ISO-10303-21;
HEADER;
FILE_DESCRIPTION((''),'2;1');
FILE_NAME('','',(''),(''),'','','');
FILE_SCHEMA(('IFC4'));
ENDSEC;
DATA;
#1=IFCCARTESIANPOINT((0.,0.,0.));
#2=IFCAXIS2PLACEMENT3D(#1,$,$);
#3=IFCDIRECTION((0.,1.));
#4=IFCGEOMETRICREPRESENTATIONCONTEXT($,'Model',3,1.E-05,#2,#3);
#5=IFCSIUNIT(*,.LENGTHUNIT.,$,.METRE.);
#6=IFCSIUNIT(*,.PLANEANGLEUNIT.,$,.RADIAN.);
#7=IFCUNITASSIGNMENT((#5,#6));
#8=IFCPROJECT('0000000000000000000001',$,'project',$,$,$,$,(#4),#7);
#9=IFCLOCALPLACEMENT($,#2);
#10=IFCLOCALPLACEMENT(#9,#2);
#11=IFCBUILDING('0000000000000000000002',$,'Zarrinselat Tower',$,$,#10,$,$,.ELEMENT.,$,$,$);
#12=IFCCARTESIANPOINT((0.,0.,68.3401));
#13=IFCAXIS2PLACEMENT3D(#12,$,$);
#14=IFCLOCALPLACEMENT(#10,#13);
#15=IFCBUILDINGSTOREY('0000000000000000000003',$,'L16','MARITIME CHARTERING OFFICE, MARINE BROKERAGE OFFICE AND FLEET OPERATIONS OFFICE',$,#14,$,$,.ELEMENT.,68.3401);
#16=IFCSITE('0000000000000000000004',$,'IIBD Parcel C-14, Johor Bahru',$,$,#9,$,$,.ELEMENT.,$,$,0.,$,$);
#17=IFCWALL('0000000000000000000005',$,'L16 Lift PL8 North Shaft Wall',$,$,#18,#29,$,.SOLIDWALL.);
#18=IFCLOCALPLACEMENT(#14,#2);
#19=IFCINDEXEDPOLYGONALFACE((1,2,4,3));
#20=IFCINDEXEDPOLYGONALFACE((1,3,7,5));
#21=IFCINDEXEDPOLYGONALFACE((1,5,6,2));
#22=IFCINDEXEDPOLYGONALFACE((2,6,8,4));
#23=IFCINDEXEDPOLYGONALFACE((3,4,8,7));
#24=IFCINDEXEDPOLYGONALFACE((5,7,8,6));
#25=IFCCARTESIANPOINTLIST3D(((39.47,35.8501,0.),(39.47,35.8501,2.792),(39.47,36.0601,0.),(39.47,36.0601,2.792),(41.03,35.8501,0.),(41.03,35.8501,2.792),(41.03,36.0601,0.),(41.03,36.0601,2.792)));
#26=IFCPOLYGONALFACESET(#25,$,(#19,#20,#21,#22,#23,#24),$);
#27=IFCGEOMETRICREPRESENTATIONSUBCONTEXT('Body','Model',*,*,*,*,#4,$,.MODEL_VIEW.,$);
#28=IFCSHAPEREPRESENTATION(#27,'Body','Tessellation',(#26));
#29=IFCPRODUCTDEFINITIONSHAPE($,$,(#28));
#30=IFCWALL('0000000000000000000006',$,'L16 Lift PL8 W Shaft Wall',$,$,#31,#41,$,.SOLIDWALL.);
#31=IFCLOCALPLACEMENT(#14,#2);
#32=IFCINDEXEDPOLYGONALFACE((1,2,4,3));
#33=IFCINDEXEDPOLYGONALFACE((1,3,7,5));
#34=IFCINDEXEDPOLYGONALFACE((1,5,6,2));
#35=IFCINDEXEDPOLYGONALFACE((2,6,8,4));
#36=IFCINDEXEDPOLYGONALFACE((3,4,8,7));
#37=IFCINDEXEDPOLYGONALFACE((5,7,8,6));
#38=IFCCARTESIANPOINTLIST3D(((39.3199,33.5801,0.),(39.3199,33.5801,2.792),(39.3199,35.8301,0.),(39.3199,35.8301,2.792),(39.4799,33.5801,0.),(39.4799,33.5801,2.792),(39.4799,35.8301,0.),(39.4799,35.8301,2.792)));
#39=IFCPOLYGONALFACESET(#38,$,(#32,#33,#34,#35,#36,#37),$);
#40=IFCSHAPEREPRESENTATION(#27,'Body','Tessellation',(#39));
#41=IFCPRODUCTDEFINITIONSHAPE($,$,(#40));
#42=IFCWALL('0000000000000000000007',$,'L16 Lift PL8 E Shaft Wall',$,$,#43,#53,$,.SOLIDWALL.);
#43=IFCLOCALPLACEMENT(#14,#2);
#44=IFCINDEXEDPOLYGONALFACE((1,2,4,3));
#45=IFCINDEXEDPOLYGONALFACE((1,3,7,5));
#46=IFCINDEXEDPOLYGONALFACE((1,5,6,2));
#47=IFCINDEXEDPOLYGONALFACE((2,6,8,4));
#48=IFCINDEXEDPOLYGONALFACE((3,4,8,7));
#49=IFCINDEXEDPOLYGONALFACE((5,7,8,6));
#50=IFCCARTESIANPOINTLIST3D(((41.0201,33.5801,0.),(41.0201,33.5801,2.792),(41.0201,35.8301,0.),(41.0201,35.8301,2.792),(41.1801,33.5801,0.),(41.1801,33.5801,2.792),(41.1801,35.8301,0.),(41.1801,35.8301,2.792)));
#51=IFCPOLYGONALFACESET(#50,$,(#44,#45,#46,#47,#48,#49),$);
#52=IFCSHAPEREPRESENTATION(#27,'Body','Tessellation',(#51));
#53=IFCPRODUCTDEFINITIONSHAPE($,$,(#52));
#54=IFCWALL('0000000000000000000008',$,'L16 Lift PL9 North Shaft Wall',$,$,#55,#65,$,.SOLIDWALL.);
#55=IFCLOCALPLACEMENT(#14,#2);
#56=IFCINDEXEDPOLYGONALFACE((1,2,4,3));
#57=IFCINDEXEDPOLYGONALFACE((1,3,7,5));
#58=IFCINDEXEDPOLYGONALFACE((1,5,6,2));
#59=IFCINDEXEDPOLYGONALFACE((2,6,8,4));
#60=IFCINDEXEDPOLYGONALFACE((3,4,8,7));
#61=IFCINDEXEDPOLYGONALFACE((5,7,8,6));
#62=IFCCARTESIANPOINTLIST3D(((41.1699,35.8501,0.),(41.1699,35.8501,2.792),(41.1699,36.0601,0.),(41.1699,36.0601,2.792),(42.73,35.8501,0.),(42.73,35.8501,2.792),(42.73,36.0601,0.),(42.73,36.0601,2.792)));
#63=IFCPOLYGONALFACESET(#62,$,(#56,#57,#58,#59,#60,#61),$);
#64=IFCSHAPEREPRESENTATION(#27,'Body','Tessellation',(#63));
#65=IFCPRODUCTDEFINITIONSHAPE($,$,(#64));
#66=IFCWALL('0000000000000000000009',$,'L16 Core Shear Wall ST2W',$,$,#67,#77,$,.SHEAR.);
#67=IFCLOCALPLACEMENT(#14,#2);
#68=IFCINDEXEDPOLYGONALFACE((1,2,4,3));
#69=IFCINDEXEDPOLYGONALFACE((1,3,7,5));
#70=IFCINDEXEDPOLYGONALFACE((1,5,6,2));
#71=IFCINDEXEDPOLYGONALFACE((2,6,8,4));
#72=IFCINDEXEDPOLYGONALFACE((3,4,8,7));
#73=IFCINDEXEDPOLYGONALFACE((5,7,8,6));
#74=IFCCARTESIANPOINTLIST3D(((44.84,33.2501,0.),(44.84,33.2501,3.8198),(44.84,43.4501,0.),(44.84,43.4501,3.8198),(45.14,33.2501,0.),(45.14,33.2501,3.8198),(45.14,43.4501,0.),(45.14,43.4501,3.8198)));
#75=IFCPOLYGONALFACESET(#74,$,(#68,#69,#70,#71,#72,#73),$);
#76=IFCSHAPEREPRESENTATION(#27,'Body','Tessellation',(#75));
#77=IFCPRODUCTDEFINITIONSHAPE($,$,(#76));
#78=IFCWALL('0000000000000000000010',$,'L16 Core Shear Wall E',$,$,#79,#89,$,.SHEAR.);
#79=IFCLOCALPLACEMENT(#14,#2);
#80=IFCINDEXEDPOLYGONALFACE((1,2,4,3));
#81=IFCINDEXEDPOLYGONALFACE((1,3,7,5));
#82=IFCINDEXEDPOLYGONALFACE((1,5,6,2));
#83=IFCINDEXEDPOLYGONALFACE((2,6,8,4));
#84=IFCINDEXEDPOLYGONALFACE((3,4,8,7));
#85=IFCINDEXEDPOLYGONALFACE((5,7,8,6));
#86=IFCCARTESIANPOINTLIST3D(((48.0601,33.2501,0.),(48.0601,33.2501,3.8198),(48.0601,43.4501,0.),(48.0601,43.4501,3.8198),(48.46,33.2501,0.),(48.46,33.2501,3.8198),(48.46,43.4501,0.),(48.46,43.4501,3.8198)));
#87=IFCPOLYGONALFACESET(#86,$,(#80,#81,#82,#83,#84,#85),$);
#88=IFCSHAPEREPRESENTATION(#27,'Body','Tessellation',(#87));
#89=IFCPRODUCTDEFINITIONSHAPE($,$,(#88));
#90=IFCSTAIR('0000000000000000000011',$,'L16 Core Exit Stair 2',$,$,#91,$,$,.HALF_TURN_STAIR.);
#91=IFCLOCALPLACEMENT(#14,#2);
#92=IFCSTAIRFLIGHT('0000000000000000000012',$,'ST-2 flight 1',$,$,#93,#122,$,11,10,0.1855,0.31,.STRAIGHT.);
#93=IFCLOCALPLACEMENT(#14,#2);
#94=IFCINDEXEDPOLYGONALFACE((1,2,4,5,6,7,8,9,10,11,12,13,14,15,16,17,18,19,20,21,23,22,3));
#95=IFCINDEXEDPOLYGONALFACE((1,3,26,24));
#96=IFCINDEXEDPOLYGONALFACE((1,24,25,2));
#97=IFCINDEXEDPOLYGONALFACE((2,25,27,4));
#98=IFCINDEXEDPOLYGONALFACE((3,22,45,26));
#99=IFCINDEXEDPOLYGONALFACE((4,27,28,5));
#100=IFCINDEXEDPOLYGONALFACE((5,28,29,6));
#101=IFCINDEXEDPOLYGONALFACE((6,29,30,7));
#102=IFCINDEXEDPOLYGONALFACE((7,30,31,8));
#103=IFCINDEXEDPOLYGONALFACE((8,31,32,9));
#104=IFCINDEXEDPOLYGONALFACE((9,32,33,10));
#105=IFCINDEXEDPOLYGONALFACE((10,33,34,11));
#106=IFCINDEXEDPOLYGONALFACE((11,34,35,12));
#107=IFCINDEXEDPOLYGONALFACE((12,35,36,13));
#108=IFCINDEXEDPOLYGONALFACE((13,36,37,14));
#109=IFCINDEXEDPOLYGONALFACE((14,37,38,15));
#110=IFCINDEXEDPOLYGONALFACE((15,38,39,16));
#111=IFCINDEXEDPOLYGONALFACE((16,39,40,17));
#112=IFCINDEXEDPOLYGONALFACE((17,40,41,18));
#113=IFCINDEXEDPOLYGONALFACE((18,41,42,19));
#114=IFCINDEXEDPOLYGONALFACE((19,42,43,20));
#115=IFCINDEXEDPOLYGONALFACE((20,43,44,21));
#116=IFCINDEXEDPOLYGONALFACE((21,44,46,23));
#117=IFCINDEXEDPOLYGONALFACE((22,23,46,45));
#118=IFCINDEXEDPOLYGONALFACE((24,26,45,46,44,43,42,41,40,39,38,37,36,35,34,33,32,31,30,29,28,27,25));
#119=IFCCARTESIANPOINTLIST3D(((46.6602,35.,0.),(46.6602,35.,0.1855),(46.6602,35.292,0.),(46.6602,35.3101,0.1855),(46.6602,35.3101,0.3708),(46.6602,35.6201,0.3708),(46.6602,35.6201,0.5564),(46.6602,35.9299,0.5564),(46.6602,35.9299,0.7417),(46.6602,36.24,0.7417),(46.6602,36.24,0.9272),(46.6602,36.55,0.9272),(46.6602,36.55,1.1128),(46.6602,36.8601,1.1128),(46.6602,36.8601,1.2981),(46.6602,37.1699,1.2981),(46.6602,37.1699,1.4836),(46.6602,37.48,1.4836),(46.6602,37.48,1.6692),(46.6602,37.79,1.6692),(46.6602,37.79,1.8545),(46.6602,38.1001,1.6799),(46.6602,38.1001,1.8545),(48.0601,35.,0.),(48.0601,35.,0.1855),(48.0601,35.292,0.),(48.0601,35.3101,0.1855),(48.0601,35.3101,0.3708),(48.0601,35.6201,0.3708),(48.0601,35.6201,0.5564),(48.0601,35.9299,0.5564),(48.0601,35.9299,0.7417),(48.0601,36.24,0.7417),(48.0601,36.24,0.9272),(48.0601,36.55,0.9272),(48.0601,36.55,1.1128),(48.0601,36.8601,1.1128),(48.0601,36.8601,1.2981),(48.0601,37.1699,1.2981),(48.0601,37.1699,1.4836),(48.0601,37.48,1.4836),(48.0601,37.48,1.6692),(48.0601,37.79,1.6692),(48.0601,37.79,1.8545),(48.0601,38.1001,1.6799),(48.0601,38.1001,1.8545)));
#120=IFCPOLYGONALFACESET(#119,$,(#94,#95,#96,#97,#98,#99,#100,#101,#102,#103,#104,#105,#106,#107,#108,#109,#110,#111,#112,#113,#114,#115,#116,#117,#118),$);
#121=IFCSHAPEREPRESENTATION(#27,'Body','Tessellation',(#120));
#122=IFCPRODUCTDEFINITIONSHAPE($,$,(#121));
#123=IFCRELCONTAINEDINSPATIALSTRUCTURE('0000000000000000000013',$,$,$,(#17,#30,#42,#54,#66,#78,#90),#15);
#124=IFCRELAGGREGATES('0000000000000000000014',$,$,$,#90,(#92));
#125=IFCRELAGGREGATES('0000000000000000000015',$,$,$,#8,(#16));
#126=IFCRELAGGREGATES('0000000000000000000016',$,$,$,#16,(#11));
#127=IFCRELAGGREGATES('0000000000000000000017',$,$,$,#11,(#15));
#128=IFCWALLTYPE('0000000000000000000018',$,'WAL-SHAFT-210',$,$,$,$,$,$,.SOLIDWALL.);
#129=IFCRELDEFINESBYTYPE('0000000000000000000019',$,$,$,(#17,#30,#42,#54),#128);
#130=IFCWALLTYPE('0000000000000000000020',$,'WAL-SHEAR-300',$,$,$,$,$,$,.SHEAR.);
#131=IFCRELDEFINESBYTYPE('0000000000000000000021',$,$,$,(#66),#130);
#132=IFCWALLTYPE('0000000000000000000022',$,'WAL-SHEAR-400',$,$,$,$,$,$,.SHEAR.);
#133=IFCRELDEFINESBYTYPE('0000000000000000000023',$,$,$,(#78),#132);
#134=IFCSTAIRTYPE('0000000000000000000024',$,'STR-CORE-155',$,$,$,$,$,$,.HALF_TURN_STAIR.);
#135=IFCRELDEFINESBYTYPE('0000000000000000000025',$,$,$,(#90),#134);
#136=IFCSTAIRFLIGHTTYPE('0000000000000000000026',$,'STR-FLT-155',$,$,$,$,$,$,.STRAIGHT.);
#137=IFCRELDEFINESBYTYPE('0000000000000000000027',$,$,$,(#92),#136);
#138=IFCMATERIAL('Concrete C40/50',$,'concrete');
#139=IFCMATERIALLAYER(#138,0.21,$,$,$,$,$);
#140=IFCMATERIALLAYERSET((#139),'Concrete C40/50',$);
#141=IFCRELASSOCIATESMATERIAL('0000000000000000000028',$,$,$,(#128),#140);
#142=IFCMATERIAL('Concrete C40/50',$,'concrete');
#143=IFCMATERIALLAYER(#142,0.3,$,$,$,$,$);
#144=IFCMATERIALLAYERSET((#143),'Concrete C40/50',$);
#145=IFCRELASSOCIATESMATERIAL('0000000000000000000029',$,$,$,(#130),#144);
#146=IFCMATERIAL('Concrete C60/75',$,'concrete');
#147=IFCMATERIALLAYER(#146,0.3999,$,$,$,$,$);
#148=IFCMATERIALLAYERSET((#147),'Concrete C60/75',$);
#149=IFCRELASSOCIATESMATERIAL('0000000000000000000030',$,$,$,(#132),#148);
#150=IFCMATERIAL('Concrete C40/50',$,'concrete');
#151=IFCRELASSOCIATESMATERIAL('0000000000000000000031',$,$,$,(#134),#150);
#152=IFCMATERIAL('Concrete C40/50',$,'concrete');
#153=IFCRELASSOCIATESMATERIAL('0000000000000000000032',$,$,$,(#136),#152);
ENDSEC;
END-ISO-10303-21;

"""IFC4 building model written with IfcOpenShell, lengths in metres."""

from ifc_helpers import new_model, si_unit, direction, frame, frame_2d, origin, place, context, subcontext, project, spatial, polyline, rectangle, outline, extrude, material, layer, layer_set, type_object, element, aggregate, save


model = new_model("IFC4")

# Units and contexts
model_context = context("Model", 3, precision=1e-05, world=origin(), true_north=direction((0.0, 1.0)))
body_context = subcontext(model_context, "Body", "Model", "MODEL_VIEW")
ifc_project = project(units=[si_unit("LENGTHUNIT", "METRE"), si_unit("PLANEANGLEUNIT", "RADIAN")], contexts=[model_context])

# Site, building, storey
site_placement = place(None, origin())
site = spatial("IfcSite", under=ifc_project, at=site_placement, Name="IIBD Parcel C-14, Johor Bahru", CompositionType="ELEMENT", RefElevation=0.0)
building_placement = place(site_placement, origin())
building = spatial("IfcBuilding", under=site, at=building_placement, Name="Zarrinselat Tower", CompositionType="ELEMENT")
storey_placement = place(building_placement, frame((0.0, 0.0, 68.3401)))
storey = spatial("IfcBuildingStorey", under=building, at=storey_placement, Name="L16", Description="MARITIME CHARTERING OFFICE, MARINE BROKERAGE OFFICE AND FLEET OPERATIONS OFFICE", CompositionType="ELEMENT", Elevation=68.3401)

# Walls
ifc_material_1 = material(Name="Concrete C40/50", Category="concrete")
ifc_layer_1 = layer(ifc_material_1, 0.21)
ifc_layer_set_1 = layer_set([ifc_layer_1], Name="Concrete C40/50")
wall_type_1 = type_object("IfcWallType", Name="WAL-SHAFT-210", PredefinedType="SOLIDWALL", material=ifc_layer_set_1)
wall_1_placement = place(storey_placement, frame((39.47, 35.9551, 0.0), z_axis=(0.0, 0.0, 1.0), x_axis=(1.0, 0.0, 0.0)))
element("IfcWall", 1, at=wall_1_placement, inside=storey, type_object=wall_type_1, Name="L16 Lift PL8 North Shaft Wall", PredefinedType="SOLIDWALL", context=body_context, shape_type="SweptSolid", body=[
    extrude(rectangle(XDim=1.5601, YDim=0.21, at=frame_2d((0.78, 0.0))), origin(), (0.0, 0.0, 1.0), 2.792),
])
for number, where, z_axis, x_axis, name in (
    (2, (39.3999, 33.5801, 0.0), (0.0, 0.0, 1.0), (0.0, 1.0, 0.0), "L16 Lift PL8 W Shaft Wall"),
    (3, (41.1001, 33.5801, 0.0), (0.0, 0.0, 1.0), (0.0, 1.0, 0.0), "L16 Lift PL8 E Shaft Wall"),
):
    element("IfcWall", number, at=place(storey_placement, frame(where, z_axis=z_axis, x_axis=x_axis)), inside=storey, type_object=wall_type_1, Name=name, PredefinedType="SOLIDWALL", context=body_context, shape_type="SweptSolid", body=[
        extrude(rectangle(XDim=2.25, YDim=0.1599, at=frame_2d((1.125, 0.0))), origin(), (0.0, 0.0, 1.0), 2.792),
    ])
wall_2_placement = place(storey_placement, frame((41.1699, 35.9551, 0.0), z_axis=(0.0, 0.0, 1.0), x_axis=(1.0, 0.0, 0.0)))
element("IfcWall", 4, at=wall_2_placement, inside=storey, type_object=wall_type_1, Name="L16 Lift PL9 North Shaft Wall", PredefinedType="SOLIDWALL", context=body_context, shape_type="SweptSolid", body=[
    extrude(rectangle(XDim=1.5601, YDim=0.21, at=frame_2d((0.78, 0.0))), origin(), (0.0, 0.0, 1.0), 2.792),
])
ifc_material_2 = material(Name="Concrete C40/50", Category="concrete")
ifc_layer_2 = layer(ifc_material_2, 0.3)
ifc_layer_set_2 = layer_set([ifc_layer_2], Name="Concrete C40/50")
wall_type_2 = type_object("IfcWallType", Name="WAL-SHEAR-300", PredefinedType="SHEAR", material=ifc_layer_set_2)
wall_3_placement = place(storey_placement, frame((44.99, 33.25, 0.0), z_axis=(0.0, 0.0, 1.0), x_axis=(0.0, 1.0, 0.0)))
element("IfcWall", 5, at=wall_3_placement, inside=storey, type_object=wall_type_2, Name="L16 Core Shear Wall ST2W", PredefinedType="SHEAR", context=body_context, shape_type="SweptSolid", body=[
    extrude(rectangle(XDim=10.2, YDim=0.3, at=frame_2d((5.1001, 0.0))), origin(), (0.0, 0.0, 1.0), 3.8198),
])
ifc_material_3 = material(Name="Concrete C60/75", Category="concrete")
ifc_layer_3 = layer(ifc_material_3, 0.3999)
ifc_layer_set_3 = layer_set([ifc_layer_3], Name="Concrete C60/75")
wall_type_3 = type_object("IfcWallType", Name="WAL-SHEAR-400", PredefinedType="SHEAR", material=ifc_layer_set_3)
wall_4_placement = place(storey_placement, frame((48.26, 33.25, 0.0), z_axis=(0.0, 0.0, 1.0), x_axis=(0.0, 1.0, 0.0)))
element("IfcWall", 6, at=wall_4_placement, inside=storey, type_object=wall_type_3, Name="L16 Core Shear Wall E", PredefinedType="SHEAR", context=body_context, shape_type="SweptSolid", body=[
    extrude(rectangle(XDim=10.2, YDim=0.3999, at=frame_2d((5.1001, 0.0))), origin(), (0.0, 0.0, 1.0), 3.8198),
])

# Stair, stair flight
ifc_material_4 = material(Name="Concrete C40/50", Category="concrete")
stair_type = type_object("IfcStairType", Name="STR-CORE-155", PredefinedType="HALF_TURN_STAIR", material=ifc_material_4)
stair_placement = place(storey_placement, origin())
stair = element("IfcStair", 7, at=stair_placement, inside=storey, type_object=stair_type, Name="L16 Core Exit Stair 2", PredefinedType="HALF_TURN_STAIR")
ifc_material_5 = material(Name="Concrete C40/50", Category="concrete")
stair_flight_type = type_object("IfcStairFlightType", Name="STR-FLT-155", PredefinedType="STRAIGHT", material=ifc_material_5)
stair_flight_placement = place(storey_placement, frame((47.3601, 35.0, 0.0), z_axis=(0.0, 0.0, 1.0), x_axis=(0.0, 1.0, 0.0)))
stair_flight = element("IfcStairFlight", 8, at=stair_flight_placement, type_object=stair_flight_type, Name="ST-2 flight 1", NumberOfRisers=11, NumberOfTreads=10, PredefinedType="STRAIGHT", RiserHeight=0.1855, TreadLength=0.31, context=body_context, shape_type="SweptSolid", body=[
    extrude(outline(polyline([(0.0, 0.0), (0.0, 0.1855), (0.3101, 0.1855), (0.3101, 0.3708), (0.6201, 0.3708), (0.6201, 0.5564), (0.9299, 0.5564), (0.9299, 0.7417), (1.24, 0.7417), (1.24, 0.9272), (1.55, 0.9272), (1.55, 1.1128), (1.8601, 1.1128), (1.8601, 1.2981), (2.1699, 1.2981), (2.1699, 1.4836), (2.48, 1.4836), (2.48, 1.6692), (2.79, 1.6692), (2.79, 1.8545), (3.1001, 1.8545), (3.1001, 2.04), (3.1001, 1.6799), (0.292, 0.0), (0.0, 0.0)])), frame((0.0, 0.7, 0.0), z_axis=(0.0, -1.0, 0.0), x_axis=(1.0, 0.0, 0.0)), (0.0, 0.0, 1.0), 1.3999),
])
aggregate(stair, [stair_flight])

save(model, "model.ifc")
